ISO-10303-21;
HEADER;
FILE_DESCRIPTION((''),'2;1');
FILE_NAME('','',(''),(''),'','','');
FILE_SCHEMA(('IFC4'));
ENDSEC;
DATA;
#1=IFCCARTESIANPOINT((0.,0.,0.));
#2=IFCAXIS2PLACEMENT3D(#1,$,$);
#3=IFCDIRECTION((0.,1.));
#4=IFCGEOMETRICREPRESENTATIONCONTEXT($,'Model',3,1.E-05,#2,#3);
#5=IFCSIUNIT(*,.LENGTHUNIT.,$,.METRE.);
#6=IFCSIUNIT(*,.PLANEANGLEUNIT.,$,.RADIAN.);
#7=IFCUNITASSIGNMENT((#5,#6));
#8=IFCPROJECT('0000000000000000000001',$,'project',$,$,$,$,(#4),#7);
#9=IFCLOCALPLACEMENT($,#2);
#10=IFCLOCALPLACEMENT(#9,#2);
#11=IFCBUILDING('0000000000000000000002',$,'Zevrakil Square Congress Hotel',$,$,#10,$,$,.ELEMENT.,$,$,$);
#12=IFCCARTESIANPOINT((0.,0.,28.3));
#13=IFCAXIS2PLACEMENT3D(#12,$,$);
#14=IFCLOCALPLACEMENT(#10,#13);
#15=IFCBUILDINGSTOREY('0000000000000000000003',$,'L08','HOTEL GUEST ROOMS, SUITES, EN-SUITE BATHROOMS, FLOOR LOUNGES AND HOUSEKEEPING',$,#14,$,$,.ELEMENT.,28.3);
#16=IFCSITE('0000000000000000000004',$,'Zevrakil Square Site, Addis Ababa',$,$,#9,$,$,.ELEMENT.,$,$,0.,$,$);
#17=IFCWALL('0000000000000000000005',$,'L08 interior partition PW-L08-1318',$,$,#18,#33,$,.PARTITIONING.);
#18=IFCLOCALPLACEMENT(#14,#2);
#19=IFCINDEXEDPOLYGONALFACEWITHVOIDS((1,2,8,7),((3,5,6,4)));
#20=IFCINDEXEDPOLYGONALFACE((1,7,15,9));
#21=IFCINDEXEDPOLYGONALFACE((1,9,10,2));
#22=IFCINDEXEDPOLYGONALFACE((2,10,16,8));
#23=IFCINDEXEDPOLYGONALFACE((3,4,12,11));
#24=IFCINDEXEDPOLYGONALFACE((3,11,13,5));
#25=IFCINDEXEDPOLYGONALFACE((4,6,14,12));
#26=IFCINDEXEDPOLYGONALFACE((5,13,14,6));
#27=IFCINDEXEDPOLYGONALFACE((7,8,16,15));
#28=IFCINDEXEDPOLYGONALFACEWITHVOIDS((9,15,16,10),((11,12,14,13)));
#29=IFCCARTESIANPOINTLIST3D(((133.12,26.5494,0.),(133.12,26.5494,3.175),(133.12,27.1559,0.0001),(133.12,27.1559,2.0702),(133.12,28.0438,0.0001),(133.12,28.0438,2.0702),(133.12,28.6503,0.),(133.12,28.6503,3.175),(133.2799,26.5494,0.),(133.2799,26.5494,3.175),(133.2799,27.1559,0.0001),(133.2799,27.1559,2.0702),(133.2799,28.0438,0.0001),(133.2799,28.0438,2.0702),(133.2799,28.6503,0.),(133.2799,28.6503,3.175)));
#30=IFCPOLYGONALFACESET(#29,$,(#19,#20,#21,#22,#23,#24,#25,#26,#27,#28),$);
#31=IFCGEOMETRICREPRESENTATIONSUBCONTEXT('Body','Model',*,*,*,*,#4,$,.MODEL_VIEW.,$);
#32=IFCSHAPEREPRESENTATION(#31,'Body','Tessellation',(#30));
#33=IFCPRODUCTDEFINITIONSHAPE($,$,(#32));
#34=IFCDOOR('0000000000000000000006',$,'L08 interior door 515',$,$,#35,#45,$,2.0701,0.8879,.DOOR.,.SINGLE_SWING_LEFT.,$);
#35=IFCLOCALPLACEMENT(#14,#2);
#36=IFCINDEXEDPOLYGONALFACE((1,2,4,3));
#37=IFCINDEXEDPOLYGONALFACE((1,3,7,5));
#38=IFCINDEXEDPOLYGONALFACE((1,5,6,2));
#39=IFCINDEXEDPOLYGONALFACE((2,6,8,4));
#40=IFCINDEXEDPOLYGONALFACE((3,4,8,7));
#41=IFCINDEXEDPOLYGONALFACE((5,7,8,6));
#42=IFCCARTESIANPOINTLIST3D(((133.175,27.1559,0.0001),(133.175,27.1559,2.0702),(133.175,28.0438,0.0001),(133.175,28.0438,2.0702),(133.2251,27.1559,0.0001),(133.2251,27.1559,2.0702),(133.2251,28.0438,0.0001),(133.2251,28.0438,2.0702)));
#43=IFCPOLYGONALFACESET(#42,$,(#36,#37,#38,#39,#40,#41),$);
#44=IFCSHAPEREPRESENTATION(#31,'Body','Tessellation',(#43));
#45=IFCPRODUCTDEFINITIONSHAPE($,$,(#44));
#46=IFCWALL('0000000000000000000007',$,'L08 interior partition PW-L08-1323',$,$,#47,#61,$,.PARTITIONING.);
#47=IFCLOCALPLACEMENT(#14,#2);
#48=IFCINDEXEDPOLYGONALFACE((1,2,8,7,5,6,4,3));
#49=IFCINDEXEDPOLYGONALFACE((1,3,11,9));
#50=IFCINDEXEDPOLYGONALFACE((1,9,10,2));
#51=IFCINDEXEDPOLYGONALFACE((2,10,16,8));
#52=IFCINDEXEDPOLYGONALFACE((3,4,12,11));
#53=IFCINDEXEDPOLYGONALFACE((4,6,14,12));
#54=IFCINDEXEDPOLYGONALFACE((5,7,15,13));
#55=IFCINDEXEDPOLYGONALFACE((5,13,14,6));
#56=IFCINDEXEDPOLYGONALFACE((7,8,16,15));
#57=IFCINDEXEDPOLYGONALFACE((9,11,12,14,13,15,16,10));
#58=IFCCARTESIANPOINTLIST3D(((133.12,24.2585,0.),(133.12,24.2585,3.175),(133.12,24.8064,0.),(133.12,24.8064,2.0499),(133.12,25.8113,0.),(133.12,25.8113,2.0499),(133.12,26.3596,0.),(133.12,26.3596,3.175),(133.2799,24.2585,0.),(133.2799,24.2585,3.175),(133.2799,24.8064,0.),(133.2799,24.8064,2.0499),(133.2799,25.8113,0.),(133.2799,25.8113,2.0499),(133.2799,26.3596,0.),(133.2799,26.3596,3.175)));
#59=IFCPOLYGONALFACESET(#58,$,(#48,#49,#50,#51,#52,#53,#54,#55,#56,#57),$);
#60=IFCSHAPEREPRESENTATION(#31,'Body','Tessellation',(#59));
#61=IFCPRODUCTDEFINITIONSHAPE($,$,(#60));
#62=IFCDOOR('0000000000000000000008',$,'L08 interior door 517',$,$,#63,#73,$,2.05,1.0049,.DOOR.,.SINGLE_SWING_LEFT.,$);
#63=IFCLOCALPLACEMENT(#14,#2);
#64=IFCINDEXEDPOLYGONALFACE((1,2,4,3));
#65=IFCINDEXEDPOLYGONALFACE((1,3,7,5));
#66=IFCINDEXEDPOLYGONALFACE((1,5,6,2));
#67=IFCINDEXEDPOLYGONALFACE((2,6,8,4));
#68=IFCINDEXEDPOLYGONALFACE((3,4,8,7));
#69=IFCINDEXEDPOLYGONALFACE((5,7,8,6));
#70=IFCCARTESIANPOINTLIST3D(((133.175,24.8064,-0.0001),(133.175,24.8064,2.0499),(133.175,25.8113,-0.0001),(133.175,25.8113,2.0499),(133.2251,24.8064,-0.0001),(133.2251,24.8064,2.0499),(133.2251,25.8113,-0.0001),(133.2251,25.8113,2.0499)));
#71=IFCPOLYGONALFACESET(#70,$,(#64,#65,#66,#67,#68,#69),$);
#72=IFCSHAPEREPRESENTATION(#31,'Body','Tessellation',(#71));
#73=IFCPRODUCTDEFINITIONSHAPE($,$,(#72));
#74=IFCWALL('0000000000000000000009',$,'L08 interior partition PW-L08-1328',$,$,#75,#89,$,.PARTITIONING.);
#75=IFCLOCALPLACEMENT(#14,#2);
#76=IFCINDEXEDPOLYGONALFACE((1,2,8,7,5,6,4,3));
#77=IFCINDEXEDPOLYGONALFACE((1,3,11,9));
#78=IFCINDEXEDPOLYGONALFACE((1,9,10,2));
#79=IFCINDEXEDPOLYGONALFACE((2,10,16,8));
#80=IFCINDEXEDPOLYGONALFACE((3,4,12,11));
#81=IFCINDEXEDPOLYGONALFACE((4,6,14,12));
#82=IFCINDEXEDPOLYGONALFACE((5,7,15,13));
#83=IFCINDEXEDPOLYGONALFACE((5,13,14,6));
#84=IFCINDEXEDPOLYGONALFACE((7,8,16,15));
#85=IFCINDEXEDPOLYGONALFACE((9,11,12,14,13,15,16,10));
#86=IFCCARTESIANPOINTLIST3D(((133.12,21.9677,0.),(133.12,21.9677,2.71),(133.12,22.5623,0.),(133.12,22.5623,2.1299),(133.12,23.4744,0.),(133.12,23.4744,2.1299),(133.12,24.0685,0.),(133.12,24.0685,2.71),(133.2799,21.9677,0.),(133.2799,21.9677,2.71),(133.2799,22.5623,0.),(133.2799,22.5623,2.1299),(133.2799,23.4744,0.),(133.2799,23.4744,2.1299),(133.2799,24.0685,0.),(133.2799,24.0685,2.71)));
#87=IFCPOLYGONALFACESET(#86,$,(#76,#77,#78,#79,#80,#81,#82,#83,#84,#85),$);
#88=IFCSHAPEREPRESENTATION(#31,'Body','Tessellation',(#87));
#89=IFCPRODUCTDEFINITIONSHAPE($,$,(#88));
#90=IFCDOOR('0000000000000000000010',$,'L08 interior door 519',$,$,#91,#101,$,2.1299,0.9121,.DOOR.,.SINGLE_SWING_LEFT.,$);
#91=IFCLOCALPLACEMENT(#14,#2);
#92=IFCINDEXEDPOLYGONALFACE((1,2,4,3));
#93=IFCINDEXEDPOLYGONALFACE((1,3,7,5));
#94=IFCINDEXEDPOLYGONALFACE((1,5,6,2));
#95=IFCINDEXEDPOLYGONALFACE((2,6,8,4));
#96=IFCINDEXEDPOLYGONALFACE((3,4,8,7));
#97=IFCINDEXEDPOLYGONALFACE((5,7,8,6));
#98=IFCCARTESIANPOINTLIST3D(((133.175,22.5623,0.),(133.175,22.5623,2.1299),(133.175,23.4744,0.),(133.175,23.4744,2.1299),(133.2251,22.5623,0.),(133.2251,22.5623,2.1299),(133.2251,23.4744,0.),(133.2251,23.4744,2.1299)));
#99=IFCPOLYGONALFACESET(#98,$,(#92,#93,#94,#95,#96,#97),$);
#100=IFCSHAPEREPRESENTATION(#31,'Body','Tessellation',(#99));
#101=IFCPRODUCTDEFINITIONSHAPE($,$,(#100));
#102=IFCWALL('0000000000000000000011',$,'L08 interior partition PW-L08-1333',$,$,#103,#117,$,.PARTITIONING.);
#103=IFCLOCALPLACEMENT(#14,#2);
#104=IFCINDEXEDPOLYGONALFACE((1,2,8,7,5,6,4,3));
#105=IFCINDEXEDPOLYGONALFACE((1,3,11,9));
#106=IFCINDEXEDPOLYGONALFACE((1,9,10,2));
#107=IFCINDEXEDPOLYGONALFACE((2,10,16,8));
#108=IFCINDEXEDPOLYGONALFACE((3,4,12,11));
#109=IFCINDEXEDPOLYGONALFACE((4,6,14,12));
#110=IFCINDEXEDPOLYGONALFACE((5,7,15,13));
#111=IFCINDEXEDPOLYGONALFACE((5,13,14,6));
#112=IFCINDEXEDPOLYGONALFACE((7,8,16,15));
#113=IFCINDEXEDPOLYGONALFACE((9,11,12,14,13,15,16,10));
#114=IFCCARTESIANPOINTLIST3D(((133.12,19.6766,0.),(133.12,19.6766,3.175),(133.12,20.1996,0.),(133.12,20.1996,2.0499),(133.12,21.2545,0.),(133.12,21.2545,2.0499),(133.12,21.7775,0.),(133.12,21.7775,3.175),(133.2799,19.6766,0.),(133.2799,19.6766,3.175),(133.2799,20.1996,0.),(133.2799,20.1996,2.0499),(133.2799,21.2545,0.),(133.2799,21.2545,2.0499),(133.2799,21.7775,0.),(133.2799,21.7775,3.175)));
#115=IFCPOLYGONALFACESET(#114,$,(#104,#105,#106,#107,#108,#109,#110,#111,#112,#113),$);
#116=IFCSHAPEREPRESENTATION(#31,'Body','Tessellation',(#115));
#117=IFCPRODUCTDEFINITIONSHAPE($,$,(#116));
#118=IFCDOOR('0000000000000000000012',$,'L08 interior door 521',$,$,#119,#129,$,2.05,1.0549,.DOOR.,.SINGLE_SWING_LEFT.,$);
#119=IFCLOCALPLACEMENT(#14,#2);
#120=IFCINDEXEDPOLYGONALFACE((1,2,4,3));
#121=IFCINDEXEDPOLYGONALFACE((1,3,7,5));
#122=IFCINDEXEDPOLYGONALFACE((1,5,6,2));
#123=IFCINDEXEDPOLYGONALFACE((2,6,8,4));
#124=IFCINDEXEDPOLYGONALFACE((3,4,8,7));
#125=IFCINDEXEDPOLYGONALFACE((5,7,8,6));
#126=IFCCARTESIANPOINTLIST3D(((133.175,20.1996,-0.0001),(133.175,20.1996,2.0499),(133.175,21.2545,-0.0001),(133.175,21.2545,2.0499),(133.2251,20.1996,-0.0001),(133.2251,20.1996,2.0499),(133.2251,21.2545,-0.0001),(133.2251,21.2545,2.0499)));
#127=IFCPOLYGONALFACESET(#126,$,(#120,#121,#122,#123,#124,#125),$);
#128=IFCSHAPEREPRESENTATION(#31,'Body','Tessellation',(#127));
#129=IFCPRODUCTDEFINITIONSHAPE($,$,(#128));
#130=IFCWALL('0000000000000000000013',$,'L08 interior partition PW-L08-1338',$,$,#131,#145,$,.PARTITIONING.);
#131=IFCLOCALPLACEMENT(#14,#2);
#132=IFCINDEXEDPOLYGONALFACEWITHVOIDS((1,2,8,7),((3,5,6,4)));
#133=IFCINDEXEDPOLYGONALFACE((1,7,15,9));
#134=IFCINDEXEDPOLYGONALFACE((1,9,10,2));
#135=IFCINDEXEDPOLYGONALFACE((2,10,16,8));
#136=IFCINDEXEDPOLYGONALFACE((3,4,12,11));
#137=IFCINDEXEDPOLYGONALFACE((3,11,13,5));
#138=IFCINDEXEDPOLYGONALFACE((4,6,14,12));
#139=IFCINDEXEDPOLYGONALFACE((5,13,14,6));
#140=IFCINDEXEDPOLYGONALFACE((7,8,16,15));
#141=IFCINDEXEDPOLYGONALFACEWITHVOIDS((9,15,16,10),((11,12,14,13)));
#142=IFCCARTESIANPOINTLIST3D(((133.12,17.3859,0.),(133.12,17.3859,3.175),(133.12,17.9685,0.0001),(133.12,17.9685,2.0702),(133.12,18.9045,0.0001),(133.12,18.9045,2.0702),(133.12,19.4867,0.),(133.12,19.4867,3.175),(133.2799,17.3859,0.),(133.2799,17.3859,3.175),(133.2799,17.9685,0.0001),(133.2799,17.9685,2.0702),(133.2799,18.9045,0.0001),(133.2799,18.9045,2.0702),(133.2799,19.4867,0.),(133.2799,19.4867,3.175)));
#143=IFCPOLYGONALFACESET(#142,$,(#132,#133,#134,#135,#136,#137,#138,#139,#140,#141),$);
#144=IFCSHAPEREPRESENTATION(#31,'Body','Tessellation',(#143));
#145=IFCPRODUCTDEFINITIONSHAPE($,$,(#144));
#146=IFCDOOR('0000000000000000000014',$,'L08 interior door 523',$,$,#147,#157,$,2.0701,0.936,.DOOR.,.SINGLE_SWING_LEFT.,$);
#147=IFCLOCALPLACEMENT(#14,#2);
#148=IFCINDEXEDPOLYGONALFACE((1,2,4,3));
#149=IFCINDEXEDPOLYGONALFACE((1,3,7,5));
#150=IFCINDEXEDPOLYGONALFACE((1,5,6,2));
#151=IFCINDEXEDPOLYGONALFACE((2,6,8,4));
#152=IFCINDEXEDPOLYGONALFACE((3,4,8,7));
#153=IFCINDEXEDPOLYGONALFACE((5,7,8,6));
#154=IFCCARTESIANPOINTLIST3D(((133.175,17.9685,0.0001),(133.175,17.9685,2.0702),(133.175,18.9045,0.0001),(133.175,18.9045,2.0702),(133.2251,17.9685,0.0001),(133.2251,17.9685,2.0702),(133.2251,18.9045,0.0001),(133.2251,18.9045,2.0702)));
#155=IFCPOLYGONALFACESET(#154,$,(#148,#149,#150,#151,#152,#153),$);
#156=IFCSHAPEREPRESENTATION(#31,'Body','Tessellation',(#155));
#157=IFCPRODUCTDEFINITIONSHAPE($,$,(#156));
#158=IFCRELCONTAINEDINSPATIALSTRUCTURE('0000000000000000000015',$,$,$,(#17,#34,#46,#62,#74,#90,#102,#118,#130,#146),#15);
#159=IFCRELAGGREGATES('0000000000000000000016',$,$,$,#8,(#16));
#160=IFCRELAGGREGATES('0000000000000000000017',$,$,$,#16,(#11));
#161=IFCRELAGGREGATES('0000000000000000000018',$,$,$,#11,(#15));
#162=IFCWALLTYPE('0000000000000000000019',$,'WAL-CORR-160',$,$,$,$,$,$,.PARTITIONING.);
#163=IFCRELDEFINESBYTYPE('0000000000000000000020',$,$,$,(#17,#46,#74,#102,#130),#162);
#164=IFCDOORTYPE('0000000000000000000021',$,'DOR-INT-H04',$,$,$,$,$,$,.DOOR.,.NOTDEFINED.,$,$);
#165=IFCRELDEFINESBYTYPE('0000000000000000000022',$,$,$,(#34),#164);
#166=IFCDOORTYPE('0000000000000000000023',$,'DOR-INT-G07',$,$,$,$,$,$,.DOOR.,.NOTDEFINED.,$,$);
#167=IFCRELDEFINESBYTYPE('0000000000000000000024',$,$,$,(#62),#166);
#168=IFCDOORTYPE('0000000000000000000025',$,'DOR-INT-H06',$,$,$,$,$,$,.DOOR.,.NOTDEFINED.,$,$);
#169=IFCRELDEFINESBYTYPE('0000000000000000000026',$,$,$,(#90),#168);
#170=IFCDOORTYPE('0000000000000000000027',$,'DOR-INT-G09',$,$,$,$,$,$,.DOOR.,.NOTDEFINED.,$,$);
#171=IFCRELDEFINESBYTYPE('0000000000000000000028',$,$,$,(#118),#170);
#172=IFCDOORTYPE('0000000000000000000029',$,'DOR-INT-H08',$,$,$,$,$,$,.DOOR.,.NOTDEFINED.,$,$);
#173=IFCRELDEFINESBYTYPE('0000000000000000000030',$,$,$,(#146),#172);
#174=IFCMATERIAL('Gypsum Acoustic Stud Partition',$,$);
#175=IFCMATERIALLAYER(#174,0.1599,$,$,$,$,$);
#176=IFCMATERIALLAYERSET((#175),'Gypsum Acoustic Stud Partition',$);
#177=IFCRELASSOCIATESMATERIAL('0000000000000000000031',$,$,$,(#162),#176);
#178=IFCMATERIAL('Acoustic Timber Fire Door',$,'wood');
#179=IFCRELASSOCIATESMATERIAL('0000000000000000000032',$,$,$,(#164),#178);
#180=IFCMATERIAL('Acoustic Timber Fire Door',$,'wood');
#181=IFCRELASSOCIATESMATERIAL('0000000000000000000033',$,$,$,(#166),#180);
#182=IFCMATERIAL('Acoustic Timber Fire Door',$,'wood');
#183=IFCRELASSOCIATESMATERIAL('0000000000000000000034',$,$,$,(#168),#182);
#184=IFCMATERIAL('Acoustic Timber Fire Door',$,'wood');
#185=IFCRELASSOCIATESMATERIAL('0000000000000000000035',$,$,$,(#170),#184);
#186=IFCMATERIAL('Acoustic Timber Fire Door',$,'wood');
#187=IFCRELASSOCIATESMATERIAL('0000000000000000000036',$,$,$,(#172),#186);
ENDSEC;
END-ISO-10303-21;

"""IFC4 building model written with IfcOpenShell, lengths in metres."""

from ifc_helpers import new_model, si_unit, direction, frame, frame_2d, origin, place, context, subcontext, project, spatial, rectangle, extrude, material, layer, layer_set, type_object, element, fill, save


model = new_model("IFC4")

# Units and contexts
model_context = context("Model", 3, precision=1e-05, world=origin(), true_north=direction((0.0, 1.0)))
body_context = subcontext(model_context, "Body", "Model", "MODEL_VIEW")
ifc_project = project(units=[si_unit("LENGTHUNIT", "METRE"), si_unit("PLANEANGLEUNIT", "RADIAN")], contexts=[model_context])

# Site, building, storey
site_placement = place(None, origin())
site = spatial("IfcSite", under=ifc_project, at=site_placement, Name="Zevrakil Square Site, Addis Ababa", CompositionType="ELEMENT", RefElevation=0.0)
building_placement = place(site_placement, origin())
building = spatial("IfcBuilding", under=site, at=building_placement, Name="Zevrakil Square Congress Hotel", CompositionType="ELEMENT")
storey_placement = place(building_placement, frame((0.0, 0.0, 28.3)))
storey = spatial("IfcBuildingStorey", under=building, at=storey_placement, Name="L08", Description="HOTEL GUEST ROOMS, SUITES, EN-SUITE BATHROOMS, FLOOR LOUNGES AND HOUSEKEEPING", CompositionType="ELEMENT", Elevation=28.3)

# Shared definitions
ifc_material_1 = material(Name="Gypsum Acoustic Stud Partition")
ifc_layer_1 = layer(ifc_material_1, 0.1599)
ifc_layer_set_1 = layer_set([ifc_layer_1], Name="Gypsum Acoustic Stud Partition")
wall_type_1 = type_object("IfcWallType", Name="WAL-CORR-160", PredefinedType="PARTITIONING", material=ifc_layer_set_1)

# Walls, openings, doors
wall_1_placement = place(storey_placement, frame((133.2, 26.5496, 0.0), z_axis=(0.0, 0.0, 1.0), x_axis=(0.0, 1.0, 0.0)))
wall_1 = element("IfcWall", 1, at=wall_1_placement, inside=storey, type_object=wall_type_1, Name="L08 interior partition PW-L08-1318", PredefinedType="PARTITIONING", context=body_context, shape_type="SweptSolid", body=[
    extrude(rectangle(XDim=2.1008, YDim=0.1599, at=frame_2d((1.0503, 0.0))), origin(), (0.0, 0.0, 1.0), 3.175),
])
opening_1_placement = place(wall_1_placement, frame((0.6064, 0.0, 0.0)))
opening_1 = element("IfcOpeningElement", 2, at=opening_1_placement, cuts=wall_1, PredefinedType="OPENING", context=body_context, shape_type="SweptSolid", body=[
    extrude(rectangle(XDim=0.8879, YDim=2.0701, at=frame_2d((0.4438, 1.0352))), frame((0.0, 0.0898, 0.0), z_axis=(0.0, -1.0, 0.0), x_axis=(1.0, 0.0, 0.0)), (0.0, 0.0, 1.0), 0.1799),
])
ifc_material_2 = material(Name="Acoustic Timber Fire Door", Category="wood")
door_type_1 = type_object("IfcDoorType", Name="DOR-INT-H04", OperationType="NOTDEFINED", PredefinedType="DOOR", material=ifc_material_2)
door_1_placement = place(opening_1_placement, origin())
door_1 = element("IfcDoor", 3, at=door_1_placement, inside=storey, type_object=door_type_1, Name="L08 interior door 515", OperationType="SINGLE_SWING_LEFT", OverallHeight=2.0701, OverallWidth=0.8879, PredefinedType="DOOR", context=body_context, shape_type="SweptSolid", body=[
    extrude(rectangle(XDim=0.8879, YDim=2.0701, at=frame_2d((0.4438, 1.0352))), frame((0.0, 0.0249, 0.0), z_axis=(0.0, -1.0, 0.0), x_axis=(1.0, 0.0, 0.0)), (0.0, 0.0, 1.0), 0.05),
])
fill(opening_1, door_1)
wall_2_placement = place(storey_placement, frame((133.2, 24.2585, 0.0), z_axis=(0.0, 0.0, 1.0), x_axis=(0.0, 1.0, 0.0)))
wall_2 = element("IfcWall", 4, at=wall_2_placement, inside=storey, type_object=wall_type_1, Name="L08 interior partition PW-L08-1323", PredefinedType="PARTITIONING", context=body_context, shape_type="SweptSolid", body=[
    extrude(rectangle(XDim=2.1011, YDim=0.1599, at=frame_2d((1.0505, 0.0))), origin(), (0.0, 0.0, 1.0), 3.175),
])
opening_2_placement = place(wall_2_placement, frame((0.5479, 0.0, 0.0)))
opening_2 = element("IfcOpeningElement", 5, at=opening_2_placement, cuts=wall_2, PredefinedType="OPENING", context=body_context, shape_type="SweptSolid", body=[
    extrude(rectangle(XDim=1.0049, YDim=2.05, at=frame_2d((0.5024, 1.0249))), frame((0.0, 0.0898, 0.0), z_axis=(0.0, -1.0, 0.0), x_axis=(1.0, 0.0, 0.0)), (0.0, 0.0, 1.0), 0.1799),
])
ifc_material_3 = material(Name="Acoustic Timber Fire Door", Category="wood")
door_type_2 = type_object("IfcDoorType", Name="DOR-INT-G07", OperationType="NOTDEFINED", PredefinedType="DOOR", material=ifc_material_3)
door_2_placement = place(opening_2_placement, origin())
door_2 = element("IfcDoor", 6, at=door_2_placement, inside=storey, type_object=door_type_2, Name="L08 interior door 517", OperationType="SINGLE_SWING_LEFT", OverallHeight=2.05, OverallWidth=1.0049, PredefinedType="DOOR", context=body_context, shape_type="SweptSolid", body=[
    extrude(rectangle(XDim=1.0049, YDim=2.05, at=frame_2d((0.5024, 1.0249))), frame((0.0, 0.0249, 0.0), z_axis=(0.0, -1.0, 0.0), x_axis=(1.0, 0.0, 0.0)), (0.0, 0.0, 1.0), 0.05),
])
fill(opening_2, door_2)
wall_3_placement = place(storey_placement, frame((133.2, 21.9678, 0.0), z_axis=(0.0, 0.0, 1.0), x_axis=(0.0, 1.0, 0.0)))
wall_3 = element("IfcWall", 7, at=wall_3_placement, inside=storey, type_object=wall_type_1, Name="L08 interior partition PW-L08-1328", PredefinedType="PARTITIONING", context=body_context, shape_type="SweptSolid", body=[
    extrude(rectangle(XDim=2.1008, YDim=0.1599, at=frame_2d((1.0503, 0.0))), origin(), (0.0, 0.0, 1.0), 2.71),
])
opening_3_placement = place(wall_3_placement, frame((0.5945, 0.0, 0.0)))
opening_3 = element("IfcOpeningElement", 8, at=opening_3_placement, cuts=wall_3, PredefinedType="OPENING", context=body_context, shape_type="SweptSolid", body=[
    extrude(rectangle(XDim=0.9121, YDim=2.1299, at=frame_2d((0.4561, 1.0649))), frame((0.0, 0.0898, 0.0), z_axis=(0.0, -1.0, 0.0), x_axis=(1.0, 0.0, 0.0)), (0.0, 0.0, 1.0), 0.1799),
])
ifc_material_4 = material(Name="Acoustic Timber Fire Door", Category="wood")
door_type_3 = type_object("IfcDoorType", Name="DOR-INT-H06", OperationType="NOTDEFINED", PredefinedType="DOOR", material=ifc_material_4)
door_3_placement = place(opening_3_placement, origin())
door_3 = element("IfcDoor", 9, at=door_3_placement, inside=storey, type_object=door_type_3, Name="L08 interior door 519", OperationType="SINGLE_SWING_LEFT", OverallHeight=2.1299, OverallWidth=0.9121, PredefinedType="DOOR", context=body_context, shape_type="SweptSolid", body=[
    extrude(rectangle(XDim=0.9121, YDim=2.1299, at=frame_2d((0.4561, 1.0649))), frame((0.0, 0.0249, 0.0), z_axis=(0.0, -1.0, 0.0), x_axis=(1.0, 0.0, 0.0)), (0.0, 0.0, 1.0), 0.05),
])
fill(opening_3, door_3)
wall_4_placement = place(storey_placement, frame((133.2, 19.6768, 0.0), z_axis=(0.0, 0.0, 1.0), x_axis=(0.0, 1.0, 0.0)))
wall_4 = element("IfcWall", 10, at=wall_4_placement, inside=storey, type_object=wall_type_1, Name="L08 interior partition PW-L08-1333", PredefinedType="PARTITIONING", context=body_context, shape_type="SweptSolid", body=[
    extrude(rectangle(XDim=2.1008, YDim=0.1599, at=frame_2d((1.0503, 0.0))), origin(), (0.0, 0.0, 1.0), 3.175),
])
opening_4_placement = place(wall_4_placement, frame((0.5229, 0.0, 0.0)))
opening_4 = element("IfcOpeningElement", 11, at=opening_4_placement, cuts=wall_4, PredefinedType="OPENING", context=body_context, shape_type="SweptSolid", body=[
    extrude(rectangle(XDim=1.0549, YDim=2.05, at=frame_2d((0.5273, 1.0249))), frame((0.0, 0.0898, 0.0), z_axis=(0.0, -1.0, 0.0), x_axis=(1.0, 0.0, 0.0)), (0.0, 0.0, 1.0), 0.1799),
])
ifc_material_5 = material(Name="Acoustic Timber Fire Door", Category="wood")
door_type_4 = type_object("IfcDoorType", Name="DOR-INT-G09", OperationType="NOTDEFINED", PredefinedType="DOOR", material=ifc_material_5)
door_4_placement = place(opening_4_placement, origin())
door_4 = element("IfcDoor", 12, at=door_4_placement, inside=storey, type_object=door_type_4, Name="L08 interior door 521", OperationType="SINGLE_SWING_LEFT", OverallHeight=2.05, OverallWidth=1.0549, PredefinedType="DOOR", context=body_context, shape_type="SweptSolid", body=[
    extrude(rectangle(XDim=1.0549, YDim=2.05, at=frame_2d((0.5273, 1.0249))), frame((0.0, 0.0249, 0.0), z_axis=(0.0, -1.0, 0.0), x_axis=(1.0, 0.0, 0.0)), (0.0, 0.0, 1.0), 0.05),
])
fill(opening_4, door_4)
wall_5_placement = place(storey_placement, frame((133.2, 17.386, 0.0), z_axis=(0.0, 0.0, 1.0), x_axis=(0.0, 1.0, 0.0)))
wall_5 = element("IfcWall", 13, at=wall_5_placement, inside=storey, type_object=wall_type_1, Name="L08 interior partition PW-L08-1338", PredefinedType="PARTITIONING", context=body_context, shape_type="SweptSolid", body=[
    extrude(rectangle(XDim=2.1008, YDim=0.1599, at=frame_2d((1.0503, 0.0))), origin(), (0.0, 0.0, 1.0), 3.175),
])
opening_5_placement = place(wall_5_placement, frame((0.5825, 0.0, 0.0)))
opening_5 = element("IfcOpeningElement", 14, at=opening_5_placement, cuts=wall_5, PredefinedType="OPENING", context=body_context, shape_type="SweptSolid", body=[
    extrude(rectangle(XDim=0.936, YDim=2.0701, at=frame_2d((0.468, 1.0352))), frame((0.0, 0.0898, 0.0), z_axis=(0.0, -1.0, 0.0), x_axis=(1.0, 0.0, 0.0)), (0.0, 0.0, 1.0), 0.1799),
])
ifc_material_6 = material(Name="Acoustic Timber Fire Door", Category="wood")
door_type_5 = type_object("IfcDoorType", Name="DOR-INT-H08", OperationType="NOTDEFINED", PredefinedType="DOOR", material=ifc_material_6)
door_5_placement = place(opening_5_placement, origin())
door_5 = element("IfcDoor", 15, at=door_5_placement, inside=storey, type_object=door_type_5, Name="L08 interior door 523", OperationType="SINGLE_SWING_LEFT", OverallHeight=2.0701, OverallWidth=0.936, PredefinedType="DOOR", context=body_context, shape_type="SweptSolid", body=[
    extrude(rectangle(XDim=0.936, YDim=2.0701, at=frame_2d((0.468, 1.0352))), frame((0.0, 0.0249, 0.0), z_axis=(0.0, -1.0, 0.0), x_axis=(1.0, 0.0, 0.0)), (0.0, 0.0, 1.0), 0.05),
])
fill(opening_5, door_5)

save(model, "model.ifc")
